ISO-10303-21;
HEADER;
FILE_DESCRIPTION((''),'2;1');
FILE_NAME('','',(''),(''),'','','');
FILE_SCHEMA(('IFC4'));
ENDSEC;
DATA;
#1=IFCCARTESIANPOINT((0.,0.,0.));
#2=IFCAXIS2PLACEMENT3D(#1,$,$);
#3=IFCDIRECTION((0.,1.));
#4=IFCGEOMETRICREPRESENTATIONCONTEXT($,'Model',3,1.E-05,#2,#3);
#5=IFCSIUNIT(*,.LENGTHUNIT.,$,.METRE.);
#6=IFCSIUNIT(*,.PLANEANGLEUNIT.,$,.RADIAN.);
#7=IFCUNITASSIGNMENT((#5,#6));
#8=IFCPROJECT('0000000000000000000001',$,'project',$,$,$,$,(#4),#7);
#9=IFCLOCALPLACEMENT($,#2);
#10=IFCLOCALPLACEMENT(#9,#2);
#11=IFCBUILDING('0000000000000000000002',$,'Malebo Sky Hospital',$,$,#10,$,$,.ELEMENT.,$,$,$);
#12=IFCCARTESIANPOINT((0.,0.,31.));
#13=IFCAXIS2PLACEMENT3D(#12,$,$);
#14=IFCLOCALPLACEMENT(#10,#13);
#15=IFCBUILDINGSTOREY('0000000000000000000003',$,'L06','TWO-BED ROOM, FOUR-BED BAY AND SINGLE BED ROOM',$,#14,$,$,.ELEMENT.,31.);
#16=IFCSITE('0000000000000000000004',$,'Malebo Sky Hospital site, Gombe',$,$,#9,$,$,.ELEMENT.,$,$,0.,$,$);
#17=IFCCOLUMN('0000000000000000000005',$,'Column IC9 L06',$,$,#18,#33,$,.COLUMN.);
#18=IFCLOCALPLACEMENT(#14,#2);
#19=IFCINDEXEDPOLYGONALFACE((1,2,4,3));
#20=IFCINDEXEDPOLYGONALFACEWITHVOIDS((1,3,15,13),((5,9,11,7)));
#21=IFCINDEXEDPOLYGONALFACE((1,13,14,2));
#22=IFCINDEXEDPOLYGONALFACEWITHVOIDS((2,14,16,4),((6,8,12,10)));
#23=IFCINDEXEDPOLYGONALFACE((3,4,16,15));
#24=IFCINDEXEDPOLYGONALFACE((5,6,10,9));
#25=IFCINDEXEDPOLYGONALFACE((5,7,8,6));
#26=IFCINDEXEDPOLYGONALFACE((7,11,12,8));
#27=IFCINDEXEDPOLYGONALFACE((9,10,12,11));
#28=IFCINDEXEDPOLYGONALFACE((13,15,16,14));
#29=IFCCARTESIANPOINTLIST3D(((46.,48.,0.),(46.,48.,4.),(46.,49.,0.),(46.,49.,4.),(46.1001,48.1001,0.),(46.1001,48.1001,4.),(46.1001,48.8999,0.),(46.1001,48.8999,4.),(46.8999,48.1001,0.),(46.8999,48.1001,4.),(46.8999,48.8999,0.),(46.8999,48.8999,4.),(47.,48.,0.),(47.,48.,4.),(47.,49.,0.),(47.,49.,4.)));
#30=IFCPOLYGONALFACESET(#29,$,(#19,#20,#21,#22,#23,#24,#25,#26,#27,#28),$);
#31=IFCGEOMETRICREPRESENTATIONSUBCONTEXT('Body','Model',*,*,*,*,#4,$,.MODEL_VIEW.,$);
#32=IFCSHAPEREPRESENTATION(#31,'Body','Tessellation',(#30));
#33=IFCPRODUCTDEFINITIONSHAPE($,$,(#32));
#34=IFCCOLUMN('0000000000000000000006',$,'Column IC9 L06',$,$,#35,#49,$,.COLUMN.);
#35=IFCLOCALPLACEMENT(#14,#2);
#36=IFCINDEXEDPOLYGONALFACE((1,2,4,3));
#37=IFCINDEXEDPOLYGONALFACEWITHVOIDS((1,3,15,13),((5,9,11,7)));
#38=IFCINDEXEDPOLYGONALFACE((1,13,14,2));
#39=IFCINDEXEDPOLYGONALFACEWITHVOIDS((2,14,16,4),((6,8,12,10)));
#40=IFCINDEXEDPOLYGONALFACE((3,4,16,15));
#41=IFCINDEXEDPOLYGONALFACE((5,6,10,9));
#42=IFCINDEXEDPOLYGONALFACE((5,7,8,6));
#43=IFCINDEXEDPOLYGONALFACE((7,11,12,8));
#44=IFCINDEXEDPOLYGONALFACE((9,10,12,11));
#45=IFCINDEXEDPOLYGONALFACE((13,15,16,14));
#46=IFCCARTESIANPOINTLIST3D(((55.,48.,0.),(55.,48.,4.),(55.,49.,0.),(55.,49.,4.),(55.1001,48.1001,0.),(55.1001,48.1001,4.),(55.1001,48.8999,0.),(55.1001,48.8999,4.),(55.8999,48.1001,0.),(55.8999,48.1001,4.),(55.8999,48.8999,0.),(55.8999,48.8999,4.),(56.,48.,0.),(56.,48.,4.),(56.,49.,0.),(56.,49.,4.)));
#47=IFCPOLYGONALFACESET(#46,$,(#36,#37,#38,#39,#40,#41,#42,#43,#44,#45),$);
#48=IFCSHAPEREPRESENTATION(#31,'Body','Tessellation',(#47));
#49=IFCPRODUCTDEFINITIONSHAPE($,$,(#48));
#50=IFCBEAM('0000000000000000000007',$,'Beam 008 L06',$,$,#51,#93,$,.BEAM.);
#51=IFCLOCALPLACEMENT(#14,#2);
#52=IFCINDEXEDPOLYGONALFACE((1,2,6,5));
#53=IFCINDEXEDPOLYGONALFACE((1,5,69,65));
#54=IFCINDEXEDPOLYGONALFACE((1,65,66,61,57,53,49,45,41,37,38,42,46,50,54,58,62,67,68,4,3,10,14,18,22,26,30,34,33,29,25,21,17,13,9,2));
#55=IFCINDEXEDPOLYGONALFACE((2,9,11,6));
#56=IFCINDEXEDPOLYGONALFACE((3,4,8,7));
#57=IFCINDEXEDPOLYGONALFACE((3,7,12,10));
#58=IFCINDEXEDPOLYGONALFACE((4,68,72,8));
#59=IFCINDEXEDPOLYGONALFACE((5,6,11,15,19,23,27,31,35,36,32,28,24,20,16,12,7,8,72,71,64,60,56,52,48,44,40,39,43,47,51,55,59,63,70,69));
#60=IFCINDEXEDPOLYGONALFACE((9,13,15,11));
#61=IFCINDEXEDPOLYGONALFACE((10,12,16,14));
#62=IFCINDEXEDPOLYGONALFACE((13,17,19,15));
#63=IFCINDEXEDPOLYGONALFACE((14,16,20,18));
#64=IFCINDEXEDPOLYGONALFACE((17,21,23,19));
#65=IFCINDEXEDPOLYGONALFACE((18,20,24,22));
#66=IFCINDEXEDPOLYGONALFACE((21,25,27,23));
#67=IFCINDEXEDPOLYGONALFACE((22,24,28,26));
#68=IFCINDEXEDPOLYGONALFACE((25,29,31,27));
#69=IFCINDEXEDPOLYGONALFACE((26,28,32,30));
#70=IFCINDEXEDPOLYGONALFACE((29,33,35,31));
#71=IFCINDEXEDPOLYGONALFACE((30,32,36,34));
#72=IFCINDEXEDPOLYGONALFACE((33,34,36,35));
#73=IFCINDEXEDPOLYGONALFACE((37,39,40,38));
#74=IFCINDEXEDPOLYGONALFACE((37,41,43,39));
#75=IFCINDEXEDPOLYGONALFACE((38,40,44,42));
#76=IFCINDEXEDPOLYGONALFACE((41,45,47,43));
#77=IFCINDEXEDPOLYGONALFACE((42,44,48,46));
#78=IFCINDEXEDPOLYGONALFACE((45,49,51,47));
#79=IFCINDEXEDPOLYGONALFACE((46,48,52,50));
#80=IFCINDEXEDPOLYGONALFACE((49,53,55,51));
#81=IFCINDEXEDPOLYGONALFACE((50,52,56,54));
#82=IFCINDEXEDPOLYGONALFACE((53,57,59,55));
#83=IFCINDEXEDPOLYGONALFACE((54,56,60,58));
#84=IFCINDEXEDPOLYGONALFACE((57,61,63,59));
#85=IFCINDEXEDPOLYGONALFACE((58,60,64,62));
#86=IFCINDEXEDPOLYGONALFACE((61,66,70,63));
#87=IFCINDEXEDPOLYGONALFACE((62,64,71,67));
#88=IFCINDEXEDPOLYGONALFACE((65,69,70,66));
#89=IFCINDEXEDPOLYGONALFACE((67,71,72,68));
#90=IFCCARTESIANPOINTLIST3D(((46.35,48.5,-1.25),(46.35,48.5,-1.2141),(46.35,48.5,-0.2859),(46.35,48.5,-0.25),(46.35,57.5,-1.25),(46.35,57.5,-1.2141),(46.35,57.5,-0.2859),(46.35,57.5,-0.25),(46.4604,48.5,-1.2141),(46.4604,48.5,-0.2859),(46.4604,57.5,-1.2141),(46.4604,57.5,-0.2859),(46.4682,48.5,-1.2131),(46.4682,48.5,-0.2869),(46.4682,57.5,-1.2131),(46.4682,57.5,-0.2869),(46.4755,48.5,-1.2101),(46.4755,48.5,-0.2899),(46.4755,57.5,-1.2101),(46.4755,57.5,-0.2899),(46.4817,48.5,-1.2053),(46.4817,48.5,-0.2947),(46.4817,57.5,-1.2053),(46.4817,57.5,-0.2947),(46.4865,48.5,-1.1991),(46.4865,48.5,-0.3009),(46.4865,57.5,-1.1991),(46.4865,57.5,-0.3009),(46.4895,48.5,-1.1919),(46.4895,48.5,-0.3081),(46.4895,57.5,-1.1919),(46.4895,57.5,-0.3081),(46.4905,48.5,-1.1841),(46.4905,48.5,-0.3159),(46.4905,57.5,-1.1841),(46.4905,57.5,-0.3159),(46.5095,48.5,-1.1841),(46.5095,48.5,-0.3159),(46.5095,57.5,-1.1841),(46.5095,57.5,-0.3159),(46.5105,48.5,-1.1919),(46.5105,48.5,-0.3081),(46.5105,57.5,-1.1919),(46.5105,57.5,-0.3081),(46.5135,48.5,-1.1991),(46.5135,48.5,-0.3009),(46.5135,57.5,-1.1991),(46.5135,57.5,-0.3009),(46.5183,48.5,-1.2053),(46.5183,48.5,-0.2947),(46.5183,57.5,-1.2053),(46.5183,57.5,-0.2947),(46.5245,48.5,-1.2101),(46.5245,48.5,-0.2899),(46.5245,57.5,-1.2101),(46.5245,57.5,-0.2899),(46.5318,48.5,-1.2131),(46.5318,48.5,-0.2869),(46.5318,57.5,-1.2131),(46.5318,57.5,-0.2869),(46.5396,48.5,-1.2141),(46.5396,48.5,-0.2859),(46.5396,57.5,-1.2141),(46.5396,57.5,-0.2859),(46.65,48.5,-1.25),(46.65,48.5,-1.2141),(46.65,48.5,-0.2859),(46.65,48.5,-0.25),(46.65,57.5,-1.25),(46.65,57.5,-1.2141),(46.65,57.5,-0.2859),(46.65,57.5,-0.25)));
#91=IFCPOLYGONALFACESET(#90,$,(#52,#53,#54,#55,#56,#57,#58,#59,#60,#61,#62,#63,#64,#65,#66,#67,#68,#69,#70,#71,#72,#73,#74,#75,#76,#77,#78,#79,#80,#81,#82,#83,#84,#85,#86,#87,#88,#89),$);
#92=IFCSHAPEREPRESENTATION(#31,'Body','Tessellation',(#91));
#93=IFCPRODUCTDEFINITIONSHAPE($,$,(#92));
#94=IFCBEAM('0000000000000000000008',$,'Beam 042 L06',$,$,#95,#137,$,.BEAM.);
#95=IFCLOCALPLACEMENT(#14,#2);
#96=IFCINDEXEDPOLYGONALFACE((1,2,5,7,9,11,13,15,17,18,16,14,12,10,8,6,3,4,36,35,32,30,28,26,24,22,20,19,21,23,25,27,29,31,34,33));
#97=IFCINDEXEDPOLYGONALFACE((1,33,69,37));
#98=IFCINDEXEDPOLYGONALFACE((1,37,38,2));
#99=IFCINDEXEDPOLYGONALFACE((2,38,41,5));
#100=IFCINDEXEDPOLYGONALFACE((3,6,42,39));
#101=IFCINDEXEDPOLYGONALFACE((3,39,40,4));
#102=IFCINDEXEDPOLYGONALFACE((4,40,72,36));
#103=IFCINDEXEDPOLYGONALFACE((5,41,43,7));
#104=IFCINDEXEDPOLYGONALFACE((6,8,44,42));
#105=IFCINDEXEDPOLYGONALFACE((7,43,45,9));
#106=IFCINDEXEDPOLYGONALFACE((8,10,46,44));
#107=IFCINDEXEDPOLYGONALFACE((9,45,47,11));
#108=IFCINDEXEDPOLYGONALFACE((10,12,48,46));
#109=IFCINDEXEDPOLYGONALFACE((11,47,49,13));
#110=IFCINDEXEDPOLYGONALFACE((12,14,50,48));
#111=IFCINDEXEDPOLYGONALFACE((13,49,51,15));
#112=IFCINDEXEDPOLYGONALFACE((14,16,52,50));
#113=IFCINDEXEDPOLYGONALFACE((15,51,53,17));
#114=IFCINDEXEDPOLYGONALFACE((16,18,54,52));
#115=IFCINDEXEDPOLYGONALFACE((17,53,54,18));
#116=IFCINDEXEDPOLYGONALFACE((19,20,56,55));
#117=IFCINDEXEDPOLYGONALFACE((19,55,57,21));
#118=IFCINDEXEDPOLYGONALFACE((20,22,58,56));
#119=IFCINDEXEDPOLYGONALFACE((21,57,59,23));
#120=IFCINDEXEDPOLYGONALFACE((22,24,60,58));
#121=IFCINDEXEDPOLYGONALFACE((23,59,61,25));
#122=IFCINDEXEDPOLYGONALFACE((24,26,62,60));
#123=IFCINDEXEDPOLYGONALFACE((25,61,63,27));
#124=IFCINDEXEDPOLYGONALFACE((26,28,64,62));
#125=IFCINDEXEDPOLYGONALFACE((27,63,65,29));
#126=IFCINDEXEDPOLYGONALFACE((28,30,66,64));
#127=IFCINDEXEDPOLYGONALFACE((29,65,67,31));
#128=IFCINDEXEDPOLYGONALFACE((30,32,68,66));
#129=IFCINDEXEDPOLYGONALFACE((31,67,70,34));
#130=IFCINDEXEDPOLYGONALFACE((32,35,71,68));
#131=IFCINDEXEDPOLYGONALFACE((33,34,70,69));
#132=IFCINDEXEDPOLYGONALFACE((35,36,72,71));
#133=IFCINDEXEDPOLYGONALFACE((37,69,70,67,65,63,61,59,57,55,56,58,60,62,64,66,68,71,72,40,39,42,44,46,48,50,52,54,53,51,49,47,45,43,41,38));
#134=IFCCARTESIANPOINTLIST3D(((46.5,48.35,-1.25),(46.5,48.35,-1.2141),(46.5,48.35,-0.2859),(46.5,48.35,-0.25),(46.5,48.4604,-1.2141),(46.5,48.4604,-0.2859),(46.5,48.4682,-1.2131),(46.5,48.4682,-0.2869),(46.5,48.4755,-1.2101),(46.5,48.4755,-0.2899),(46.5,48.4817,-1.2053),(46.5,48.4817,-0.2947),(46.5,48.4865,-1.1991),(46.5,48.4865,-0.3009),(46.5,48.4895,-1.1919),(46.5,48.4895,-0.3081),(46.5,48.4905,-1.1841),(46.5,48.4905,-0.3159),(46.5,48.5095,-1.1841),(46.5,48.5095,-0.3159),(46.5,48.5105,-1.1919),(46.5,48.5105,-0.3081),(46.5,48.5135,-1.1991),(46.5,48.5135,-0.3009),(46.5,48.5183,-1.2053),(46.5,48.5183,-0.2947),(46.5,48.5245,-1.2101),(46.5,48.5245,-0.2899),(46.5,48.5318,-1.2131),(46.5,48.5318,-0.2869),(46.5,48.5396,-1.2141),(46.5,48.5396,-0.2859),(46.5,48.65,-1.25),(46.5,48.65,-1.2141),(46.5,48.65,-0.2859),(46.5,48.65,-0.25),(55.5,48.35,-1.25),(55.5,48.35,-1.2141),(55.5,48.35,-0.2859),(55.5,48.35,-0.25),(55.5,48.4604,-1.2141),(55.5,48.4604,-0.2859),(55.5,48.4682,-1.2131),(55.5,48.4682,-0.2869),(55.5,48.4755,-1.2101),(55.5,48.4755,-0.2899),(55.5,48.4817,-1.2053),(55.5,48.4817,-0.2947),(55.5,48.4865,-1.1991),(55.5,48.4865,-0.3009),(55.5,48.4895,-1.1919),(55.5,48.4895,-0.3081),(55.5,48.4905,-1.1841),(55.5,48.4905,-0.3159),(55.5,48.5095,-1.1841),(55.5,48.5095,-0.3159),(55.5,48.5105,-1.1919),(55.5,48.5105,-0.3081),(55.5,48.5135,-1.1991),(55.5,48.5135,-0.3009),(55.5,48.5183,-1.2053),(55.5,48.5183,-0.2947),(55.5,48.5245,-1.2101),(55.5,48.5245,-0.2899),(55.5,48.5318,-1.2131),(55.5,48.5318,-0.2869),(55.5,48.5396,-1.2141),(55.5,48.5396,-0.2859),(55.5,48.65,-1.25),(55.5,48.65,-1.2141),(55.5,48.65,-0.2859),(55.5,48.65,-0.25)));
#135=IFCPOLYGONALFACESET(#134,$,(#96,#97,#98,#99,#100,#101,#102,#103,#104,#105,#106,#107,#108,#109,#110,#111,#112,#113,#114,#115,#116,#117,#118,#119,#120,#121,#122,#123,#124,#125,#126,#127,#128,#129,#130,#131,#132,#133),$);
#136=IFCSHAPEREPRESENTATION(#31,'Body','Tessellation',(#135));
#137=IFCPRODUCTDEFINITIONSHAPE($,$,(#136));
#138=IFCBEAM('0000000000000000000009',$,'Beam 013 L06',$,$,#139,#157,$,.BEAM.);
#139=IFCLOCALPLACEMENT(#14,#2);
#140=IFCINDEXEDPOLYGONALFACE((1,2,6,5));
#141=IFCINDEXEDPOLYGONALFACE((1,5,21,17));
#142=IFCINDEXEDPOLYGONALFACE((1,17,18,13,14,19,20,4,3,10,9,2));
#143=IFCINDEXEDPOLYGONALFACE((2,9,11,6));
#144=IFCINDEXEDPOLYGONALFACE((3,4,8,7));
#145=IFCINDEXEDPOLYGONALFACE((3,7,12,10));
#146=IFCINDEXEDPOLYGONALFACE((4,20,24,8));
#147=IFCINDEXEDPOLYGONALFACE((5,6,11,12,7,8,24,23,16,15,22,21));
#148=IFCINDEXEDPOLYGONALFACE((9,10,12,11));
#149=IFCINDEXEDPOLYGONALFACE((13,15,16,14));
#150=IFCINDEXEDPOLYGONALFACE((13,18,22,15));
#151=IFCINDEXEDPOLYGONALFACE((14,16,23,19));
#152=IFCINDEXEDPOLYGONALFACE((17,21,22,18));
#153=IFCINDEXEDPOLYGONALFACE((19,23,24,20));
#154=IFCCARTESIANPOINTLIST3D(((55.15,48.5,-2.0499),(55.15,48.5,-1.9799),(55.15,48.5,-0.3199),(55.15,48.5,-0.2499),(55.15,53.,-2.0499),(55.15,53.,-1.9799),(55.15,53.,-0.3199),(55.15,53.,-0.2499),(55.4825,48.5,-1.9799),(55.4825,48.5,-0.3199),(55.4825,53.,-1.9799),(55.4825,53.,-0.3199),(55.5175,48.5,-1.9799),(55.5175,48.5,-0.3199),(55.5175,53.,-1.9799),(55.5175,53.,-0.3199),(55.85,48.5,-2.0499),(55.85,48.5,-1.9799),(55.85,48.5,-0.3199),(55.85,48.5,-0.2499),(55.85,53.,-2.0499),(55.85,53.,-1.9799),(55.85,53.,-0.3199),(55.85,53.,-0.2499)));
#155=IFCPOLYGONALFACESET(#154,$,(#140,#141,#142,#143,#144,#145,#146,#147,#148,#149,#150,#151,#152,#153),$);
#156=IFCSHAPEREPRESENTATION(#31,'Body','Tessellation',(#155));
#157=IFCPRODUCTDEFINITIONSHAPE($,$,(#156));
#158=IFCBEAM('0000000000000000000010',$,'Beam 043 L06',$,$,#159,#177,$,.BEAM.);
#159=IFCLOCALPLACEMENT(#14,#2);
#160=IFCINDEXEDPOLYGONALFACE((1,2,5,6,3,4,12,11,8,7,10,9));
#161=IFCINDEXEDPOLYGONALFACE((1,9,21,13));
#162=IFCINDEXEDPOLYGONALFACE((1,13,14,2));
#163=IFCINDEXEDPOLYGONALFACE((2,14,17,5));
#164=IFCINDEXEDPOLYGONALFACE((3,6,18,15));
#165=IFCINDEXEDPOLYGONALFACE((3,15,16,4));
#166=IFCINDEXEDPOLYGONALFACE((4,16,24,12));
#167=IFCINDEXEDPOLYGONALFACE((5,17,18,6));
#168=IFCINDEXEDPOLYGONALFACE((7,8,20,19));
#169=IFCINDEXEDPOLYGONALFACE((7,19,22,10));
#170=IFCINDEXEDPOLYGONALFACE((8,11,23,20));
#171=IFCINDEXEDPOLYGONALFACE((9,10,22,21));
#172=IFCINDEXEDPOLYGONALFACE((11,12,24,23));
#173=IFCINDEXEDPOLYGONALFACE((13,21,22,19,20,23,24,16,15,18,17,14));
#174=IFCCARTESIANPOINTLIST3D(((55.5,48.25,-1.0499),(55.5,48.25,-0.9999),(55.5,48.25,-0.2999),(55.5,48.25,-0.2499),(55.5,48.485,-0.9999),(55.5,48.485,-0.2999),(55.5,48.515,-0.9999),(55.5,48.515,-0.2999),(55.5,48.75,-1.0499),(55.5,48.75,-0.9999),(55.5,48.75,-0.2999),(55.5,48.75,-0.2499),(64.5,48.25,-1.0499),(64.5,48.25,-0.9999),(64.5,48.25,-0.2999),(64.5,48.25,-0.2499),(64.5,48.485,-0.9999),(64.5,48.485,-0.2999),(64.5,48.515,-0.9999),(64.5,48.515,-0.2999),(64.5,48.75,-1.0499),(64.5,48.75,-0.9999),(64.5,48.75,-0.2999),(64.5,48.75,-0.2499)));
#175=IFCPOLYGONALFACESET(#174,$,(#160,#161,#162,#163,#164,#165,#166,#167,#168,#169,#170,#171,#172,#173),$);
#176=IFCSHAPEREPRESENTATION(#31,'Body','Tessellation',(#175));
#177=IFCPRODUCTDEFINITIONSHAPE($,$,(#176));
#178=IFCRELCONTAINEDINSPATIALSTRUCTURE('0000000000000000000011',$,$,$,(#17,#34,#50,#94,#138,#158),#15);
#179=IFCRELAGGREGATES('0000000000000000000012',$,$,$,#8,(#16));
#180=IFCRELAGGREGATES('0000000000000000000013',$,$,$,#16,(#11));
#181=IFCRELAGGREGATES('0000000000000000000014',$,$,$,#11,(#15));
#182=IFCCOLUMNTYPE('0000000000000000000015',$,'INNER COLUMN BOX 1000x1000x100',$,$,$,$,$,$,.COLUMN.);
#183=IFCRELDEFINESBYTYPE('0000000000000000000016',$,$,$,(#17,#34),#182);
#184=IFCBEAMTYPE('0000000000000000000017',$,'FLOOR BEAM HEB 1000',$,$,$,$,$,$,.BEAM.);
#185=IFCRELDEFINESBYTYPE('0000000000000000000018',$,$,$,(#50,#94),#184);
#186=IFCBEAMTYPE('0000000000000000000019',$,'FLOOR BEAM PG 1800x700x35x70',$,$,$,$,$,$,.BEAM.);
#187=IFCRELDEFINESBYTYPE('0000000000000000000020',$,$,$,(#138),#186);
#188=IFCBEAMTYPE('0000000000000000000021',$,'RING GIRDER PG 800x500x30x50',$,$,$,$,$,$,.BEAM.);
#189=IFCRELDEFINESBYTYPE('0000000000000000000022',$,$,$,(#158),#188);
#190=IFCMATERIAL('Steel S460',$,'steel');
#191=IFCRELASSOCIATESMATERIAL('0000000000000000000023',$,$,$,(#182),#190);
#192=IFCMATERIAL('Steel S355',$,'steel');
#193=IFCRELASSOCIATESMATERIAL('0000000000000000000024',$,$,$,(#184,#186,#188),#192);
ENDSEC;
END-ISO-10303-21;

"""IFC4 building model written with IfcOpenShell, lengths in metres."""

from ifc_helpers import new_model, si_unit, direction, frame, origin, origin_2d, place, context, subcontext, project, spatial, hollow_rectangle, i_section, extrude, material, material_profile, profile_set, type_object, element, save


model = new_model("IFC4")

# Units and contexts
model_context = context("Model", 3, precision=1e-05, world=origin(), true_north=direction((0.0, 1.0)))
body_context = subcontext(model_context, "Body", "Model", "MODEL_VIEW")
ifc_project = project(units=[si_unit("LENGTHUNIT", "METRE"), si_unit("PLANEANGLEUNIT", "RADIAN")], contexts=[model_context])

# Site, building, storey
site_placement = place(None, origin())
site = spatial("IfcSite", under=ifc_project, at=site_placement, Name="Malebo Sky Hospital site, Gombe", CompositionType="ELEMENT", RefElevation=0.0)
building_placement = place(site_placement, origin())
building = spatial("IfcBuilding", under=site, at=building_placement, Name="Malebo Sky Hospital", CompositionType="ELEMENT")
storey_placement = place(building_placement, frame((0.0, 0.0, 31.0)))
storey = spatial("IfcBuildingStorey", under=building, at=storey_placement, Name="L06", Description="TWO-BED ROOM, FOUR-BED BAY AND SINGLE BED ROOM", CompositionType="ELEMENT", Elevation=31.0)

# Columns
ifc_material_1 = material(Name="Steel S460", Category="steel")
ifc_material_profile_1 = material_profile(ifc_material_1, hollow_rectangle(XDim=1.0, YDim=1.0, WallThickness=0.1001, at=origin_2d()), Name="BOX 1000x1000x100")
ifc_profile_set_1 = profile_set([ifc_material_profile_1], Name="Steel S460")
column_type = type_object("IfcColumnType", Name="INNER COLUMN BOX 1000x1000x100", PredefinedType="COLUMN", material=ifc_profile_set_1)
for number, where, z_axis, x_axis, name in (
    (1, (46.5, 48.5, 0.0), (0.0, 0.0, 1.0), (1.0, 0.0, 0.0), "Column IC9 L06"),
    (2, (55.5, 48.5, 0.0), (0.0, 0.0, 1.0), (1.0, 0.0, 0.0), "Column IC9 L06"),
):
    element("IfcColumn", number, at=place(storey_placement, frame(where, z_axis=z_axis, x_axis=x_axis)), inside=storey, type_object=column_type, Name=name, PredefinedType="COLUMN", context=body_context, shape_type="SweptSolid", body=[
        extrude(hollow_rectangle(XDim=1.0, YDim=1.0, WallThickness=0.1001, at=origin_2d()), origin(), (0.0, 0.0, 1.0), 4.0),
    ])

# Beams
ifc_material_2 = material(Name="Steel S355", Category="steel")
ifc_material_profile_2 = material_profile(ifc_material_2, i_section(OverallWidth=0.3, OverallDepth=1.0, WebThickness=0.019, FlangeThickness=0.0359, FilletRadius=0.03, at=origin_2d()), Name="HEB 1000")
ifc_profile_set_2 = profile_set([ifc_material_profile_2], Name="Steel S355")
beam_type_1 = type_object("IfcBeamType", Name="FLOOR BEAM HEB 1000", PredefinedType="BEAM", material=ifc_profile_set_2)
for number, where, z_axis, x_axis, name in (
    (3, (46.5, 48.5, -0.75), (0.0, 1.0, 0.0), (-1.0, 0.0, 0.0), "Beam 008 L06"),
    (4, (46.5, 48.5, -0.75), (1.0, 0.0, 0.0), (0.0, 1.0, 0.0), "Beam 042 L06"),
):
    element("IfcBeam", number, at=place(storey_placement, frame(where, z_axis=z_axis, x_axis=x_axis)), inside=storey, type_object=beam_type_1, Name=name, PredefinedType="BEAM", context=body_context, shape_type="SweptSolid", body=[
        extrude(i_section(OverallWidth=0.3, OverallDepth=1.0, WebThickness=0.019, FlangeThickness=0.0359, FilletRadius=0.03, at=origin_2d()), origin(), (0.0, 0.0, 1.0), 9.0),
    ])
ifc_material_profile_3 = material_profile(ifc_material_2, i_section(OverallWidth=0.7, OverallDepth=1.8, WebThickness=0.0349, FlangeThickness=0.0701, at=origin_2d()), Name="PG 1800x700x35x70")
ifc_profile_set_3 = profile_set([ifc_material_profile_3], Name="Steel S355")
beam_type_2 = type_object("IfcBeamType", Name="FLOOR BEAM PG 1800x700x35x70", PredefinedType="BEAM", material=ifc_profile_set_3)
beam_1_placement = place(storey_placement, frame((55.5, 48.5, -1.1499), z_axis=(0.0, 1.0, 0.0), x_axis=(-1.0, 0.0, 0.0)))
element("IfcBeam", 5, at=beam_1_placement, inside=storey, type_object=beam_type_2, Name="Beam 013 L06", PredefinedType="BEAM", context=body_context, shape_type="SweptSolid", body=[
    extrude(i_section(OverallWidth=0.7, OverallDepth=1.8, WebThickness=0.0349, FlangeThickness=0.0701, at=origin_2d()), origin(), (0.0, 0.0, 1.0), 4.5),
])
ifc_material_profile_4 = material_profile(ifc_material_2, i_section(OverallWidth=0.5, OverallDepth=0.8, WebThickness=0.03, FlangeThickness=0.05, at=origin_2d()), Name="PG 800x500x30x50")
ifc_profile_set_4 = profile_set([ifc_material_profile_4], Name="Steel S355")
beam_type_3 = type_object("IfcBeamType", Name="RING GIRDER PG 800x500x30x50", PredefinedType="BEAM", material=ifc_profile_set_4)
beam_2_placement = place(storey_placement, frame((55.5, 48.5, -0.6499), z_axis=(1.0, 0.0, 0.0), x_axis=(0.0, 1.0, 0.0)))
element("IfcBeam", 6, at=beam_2_placement, inside=storey, type_object=beam_type_3, Name="Beam 043 L06", PredefinedType="BEAM", context=body_context, shape_type="SweptSolid", body=[
    extrude(i_section(OverallWidth=0.5, OverallDepth=0.8, WebThickness=0.03, FlangeThickness=0.05, at=origin_2d()), origin(), (0.0, 0.0, 1.0), 9.0),
])

save(model, "model.ifc")
